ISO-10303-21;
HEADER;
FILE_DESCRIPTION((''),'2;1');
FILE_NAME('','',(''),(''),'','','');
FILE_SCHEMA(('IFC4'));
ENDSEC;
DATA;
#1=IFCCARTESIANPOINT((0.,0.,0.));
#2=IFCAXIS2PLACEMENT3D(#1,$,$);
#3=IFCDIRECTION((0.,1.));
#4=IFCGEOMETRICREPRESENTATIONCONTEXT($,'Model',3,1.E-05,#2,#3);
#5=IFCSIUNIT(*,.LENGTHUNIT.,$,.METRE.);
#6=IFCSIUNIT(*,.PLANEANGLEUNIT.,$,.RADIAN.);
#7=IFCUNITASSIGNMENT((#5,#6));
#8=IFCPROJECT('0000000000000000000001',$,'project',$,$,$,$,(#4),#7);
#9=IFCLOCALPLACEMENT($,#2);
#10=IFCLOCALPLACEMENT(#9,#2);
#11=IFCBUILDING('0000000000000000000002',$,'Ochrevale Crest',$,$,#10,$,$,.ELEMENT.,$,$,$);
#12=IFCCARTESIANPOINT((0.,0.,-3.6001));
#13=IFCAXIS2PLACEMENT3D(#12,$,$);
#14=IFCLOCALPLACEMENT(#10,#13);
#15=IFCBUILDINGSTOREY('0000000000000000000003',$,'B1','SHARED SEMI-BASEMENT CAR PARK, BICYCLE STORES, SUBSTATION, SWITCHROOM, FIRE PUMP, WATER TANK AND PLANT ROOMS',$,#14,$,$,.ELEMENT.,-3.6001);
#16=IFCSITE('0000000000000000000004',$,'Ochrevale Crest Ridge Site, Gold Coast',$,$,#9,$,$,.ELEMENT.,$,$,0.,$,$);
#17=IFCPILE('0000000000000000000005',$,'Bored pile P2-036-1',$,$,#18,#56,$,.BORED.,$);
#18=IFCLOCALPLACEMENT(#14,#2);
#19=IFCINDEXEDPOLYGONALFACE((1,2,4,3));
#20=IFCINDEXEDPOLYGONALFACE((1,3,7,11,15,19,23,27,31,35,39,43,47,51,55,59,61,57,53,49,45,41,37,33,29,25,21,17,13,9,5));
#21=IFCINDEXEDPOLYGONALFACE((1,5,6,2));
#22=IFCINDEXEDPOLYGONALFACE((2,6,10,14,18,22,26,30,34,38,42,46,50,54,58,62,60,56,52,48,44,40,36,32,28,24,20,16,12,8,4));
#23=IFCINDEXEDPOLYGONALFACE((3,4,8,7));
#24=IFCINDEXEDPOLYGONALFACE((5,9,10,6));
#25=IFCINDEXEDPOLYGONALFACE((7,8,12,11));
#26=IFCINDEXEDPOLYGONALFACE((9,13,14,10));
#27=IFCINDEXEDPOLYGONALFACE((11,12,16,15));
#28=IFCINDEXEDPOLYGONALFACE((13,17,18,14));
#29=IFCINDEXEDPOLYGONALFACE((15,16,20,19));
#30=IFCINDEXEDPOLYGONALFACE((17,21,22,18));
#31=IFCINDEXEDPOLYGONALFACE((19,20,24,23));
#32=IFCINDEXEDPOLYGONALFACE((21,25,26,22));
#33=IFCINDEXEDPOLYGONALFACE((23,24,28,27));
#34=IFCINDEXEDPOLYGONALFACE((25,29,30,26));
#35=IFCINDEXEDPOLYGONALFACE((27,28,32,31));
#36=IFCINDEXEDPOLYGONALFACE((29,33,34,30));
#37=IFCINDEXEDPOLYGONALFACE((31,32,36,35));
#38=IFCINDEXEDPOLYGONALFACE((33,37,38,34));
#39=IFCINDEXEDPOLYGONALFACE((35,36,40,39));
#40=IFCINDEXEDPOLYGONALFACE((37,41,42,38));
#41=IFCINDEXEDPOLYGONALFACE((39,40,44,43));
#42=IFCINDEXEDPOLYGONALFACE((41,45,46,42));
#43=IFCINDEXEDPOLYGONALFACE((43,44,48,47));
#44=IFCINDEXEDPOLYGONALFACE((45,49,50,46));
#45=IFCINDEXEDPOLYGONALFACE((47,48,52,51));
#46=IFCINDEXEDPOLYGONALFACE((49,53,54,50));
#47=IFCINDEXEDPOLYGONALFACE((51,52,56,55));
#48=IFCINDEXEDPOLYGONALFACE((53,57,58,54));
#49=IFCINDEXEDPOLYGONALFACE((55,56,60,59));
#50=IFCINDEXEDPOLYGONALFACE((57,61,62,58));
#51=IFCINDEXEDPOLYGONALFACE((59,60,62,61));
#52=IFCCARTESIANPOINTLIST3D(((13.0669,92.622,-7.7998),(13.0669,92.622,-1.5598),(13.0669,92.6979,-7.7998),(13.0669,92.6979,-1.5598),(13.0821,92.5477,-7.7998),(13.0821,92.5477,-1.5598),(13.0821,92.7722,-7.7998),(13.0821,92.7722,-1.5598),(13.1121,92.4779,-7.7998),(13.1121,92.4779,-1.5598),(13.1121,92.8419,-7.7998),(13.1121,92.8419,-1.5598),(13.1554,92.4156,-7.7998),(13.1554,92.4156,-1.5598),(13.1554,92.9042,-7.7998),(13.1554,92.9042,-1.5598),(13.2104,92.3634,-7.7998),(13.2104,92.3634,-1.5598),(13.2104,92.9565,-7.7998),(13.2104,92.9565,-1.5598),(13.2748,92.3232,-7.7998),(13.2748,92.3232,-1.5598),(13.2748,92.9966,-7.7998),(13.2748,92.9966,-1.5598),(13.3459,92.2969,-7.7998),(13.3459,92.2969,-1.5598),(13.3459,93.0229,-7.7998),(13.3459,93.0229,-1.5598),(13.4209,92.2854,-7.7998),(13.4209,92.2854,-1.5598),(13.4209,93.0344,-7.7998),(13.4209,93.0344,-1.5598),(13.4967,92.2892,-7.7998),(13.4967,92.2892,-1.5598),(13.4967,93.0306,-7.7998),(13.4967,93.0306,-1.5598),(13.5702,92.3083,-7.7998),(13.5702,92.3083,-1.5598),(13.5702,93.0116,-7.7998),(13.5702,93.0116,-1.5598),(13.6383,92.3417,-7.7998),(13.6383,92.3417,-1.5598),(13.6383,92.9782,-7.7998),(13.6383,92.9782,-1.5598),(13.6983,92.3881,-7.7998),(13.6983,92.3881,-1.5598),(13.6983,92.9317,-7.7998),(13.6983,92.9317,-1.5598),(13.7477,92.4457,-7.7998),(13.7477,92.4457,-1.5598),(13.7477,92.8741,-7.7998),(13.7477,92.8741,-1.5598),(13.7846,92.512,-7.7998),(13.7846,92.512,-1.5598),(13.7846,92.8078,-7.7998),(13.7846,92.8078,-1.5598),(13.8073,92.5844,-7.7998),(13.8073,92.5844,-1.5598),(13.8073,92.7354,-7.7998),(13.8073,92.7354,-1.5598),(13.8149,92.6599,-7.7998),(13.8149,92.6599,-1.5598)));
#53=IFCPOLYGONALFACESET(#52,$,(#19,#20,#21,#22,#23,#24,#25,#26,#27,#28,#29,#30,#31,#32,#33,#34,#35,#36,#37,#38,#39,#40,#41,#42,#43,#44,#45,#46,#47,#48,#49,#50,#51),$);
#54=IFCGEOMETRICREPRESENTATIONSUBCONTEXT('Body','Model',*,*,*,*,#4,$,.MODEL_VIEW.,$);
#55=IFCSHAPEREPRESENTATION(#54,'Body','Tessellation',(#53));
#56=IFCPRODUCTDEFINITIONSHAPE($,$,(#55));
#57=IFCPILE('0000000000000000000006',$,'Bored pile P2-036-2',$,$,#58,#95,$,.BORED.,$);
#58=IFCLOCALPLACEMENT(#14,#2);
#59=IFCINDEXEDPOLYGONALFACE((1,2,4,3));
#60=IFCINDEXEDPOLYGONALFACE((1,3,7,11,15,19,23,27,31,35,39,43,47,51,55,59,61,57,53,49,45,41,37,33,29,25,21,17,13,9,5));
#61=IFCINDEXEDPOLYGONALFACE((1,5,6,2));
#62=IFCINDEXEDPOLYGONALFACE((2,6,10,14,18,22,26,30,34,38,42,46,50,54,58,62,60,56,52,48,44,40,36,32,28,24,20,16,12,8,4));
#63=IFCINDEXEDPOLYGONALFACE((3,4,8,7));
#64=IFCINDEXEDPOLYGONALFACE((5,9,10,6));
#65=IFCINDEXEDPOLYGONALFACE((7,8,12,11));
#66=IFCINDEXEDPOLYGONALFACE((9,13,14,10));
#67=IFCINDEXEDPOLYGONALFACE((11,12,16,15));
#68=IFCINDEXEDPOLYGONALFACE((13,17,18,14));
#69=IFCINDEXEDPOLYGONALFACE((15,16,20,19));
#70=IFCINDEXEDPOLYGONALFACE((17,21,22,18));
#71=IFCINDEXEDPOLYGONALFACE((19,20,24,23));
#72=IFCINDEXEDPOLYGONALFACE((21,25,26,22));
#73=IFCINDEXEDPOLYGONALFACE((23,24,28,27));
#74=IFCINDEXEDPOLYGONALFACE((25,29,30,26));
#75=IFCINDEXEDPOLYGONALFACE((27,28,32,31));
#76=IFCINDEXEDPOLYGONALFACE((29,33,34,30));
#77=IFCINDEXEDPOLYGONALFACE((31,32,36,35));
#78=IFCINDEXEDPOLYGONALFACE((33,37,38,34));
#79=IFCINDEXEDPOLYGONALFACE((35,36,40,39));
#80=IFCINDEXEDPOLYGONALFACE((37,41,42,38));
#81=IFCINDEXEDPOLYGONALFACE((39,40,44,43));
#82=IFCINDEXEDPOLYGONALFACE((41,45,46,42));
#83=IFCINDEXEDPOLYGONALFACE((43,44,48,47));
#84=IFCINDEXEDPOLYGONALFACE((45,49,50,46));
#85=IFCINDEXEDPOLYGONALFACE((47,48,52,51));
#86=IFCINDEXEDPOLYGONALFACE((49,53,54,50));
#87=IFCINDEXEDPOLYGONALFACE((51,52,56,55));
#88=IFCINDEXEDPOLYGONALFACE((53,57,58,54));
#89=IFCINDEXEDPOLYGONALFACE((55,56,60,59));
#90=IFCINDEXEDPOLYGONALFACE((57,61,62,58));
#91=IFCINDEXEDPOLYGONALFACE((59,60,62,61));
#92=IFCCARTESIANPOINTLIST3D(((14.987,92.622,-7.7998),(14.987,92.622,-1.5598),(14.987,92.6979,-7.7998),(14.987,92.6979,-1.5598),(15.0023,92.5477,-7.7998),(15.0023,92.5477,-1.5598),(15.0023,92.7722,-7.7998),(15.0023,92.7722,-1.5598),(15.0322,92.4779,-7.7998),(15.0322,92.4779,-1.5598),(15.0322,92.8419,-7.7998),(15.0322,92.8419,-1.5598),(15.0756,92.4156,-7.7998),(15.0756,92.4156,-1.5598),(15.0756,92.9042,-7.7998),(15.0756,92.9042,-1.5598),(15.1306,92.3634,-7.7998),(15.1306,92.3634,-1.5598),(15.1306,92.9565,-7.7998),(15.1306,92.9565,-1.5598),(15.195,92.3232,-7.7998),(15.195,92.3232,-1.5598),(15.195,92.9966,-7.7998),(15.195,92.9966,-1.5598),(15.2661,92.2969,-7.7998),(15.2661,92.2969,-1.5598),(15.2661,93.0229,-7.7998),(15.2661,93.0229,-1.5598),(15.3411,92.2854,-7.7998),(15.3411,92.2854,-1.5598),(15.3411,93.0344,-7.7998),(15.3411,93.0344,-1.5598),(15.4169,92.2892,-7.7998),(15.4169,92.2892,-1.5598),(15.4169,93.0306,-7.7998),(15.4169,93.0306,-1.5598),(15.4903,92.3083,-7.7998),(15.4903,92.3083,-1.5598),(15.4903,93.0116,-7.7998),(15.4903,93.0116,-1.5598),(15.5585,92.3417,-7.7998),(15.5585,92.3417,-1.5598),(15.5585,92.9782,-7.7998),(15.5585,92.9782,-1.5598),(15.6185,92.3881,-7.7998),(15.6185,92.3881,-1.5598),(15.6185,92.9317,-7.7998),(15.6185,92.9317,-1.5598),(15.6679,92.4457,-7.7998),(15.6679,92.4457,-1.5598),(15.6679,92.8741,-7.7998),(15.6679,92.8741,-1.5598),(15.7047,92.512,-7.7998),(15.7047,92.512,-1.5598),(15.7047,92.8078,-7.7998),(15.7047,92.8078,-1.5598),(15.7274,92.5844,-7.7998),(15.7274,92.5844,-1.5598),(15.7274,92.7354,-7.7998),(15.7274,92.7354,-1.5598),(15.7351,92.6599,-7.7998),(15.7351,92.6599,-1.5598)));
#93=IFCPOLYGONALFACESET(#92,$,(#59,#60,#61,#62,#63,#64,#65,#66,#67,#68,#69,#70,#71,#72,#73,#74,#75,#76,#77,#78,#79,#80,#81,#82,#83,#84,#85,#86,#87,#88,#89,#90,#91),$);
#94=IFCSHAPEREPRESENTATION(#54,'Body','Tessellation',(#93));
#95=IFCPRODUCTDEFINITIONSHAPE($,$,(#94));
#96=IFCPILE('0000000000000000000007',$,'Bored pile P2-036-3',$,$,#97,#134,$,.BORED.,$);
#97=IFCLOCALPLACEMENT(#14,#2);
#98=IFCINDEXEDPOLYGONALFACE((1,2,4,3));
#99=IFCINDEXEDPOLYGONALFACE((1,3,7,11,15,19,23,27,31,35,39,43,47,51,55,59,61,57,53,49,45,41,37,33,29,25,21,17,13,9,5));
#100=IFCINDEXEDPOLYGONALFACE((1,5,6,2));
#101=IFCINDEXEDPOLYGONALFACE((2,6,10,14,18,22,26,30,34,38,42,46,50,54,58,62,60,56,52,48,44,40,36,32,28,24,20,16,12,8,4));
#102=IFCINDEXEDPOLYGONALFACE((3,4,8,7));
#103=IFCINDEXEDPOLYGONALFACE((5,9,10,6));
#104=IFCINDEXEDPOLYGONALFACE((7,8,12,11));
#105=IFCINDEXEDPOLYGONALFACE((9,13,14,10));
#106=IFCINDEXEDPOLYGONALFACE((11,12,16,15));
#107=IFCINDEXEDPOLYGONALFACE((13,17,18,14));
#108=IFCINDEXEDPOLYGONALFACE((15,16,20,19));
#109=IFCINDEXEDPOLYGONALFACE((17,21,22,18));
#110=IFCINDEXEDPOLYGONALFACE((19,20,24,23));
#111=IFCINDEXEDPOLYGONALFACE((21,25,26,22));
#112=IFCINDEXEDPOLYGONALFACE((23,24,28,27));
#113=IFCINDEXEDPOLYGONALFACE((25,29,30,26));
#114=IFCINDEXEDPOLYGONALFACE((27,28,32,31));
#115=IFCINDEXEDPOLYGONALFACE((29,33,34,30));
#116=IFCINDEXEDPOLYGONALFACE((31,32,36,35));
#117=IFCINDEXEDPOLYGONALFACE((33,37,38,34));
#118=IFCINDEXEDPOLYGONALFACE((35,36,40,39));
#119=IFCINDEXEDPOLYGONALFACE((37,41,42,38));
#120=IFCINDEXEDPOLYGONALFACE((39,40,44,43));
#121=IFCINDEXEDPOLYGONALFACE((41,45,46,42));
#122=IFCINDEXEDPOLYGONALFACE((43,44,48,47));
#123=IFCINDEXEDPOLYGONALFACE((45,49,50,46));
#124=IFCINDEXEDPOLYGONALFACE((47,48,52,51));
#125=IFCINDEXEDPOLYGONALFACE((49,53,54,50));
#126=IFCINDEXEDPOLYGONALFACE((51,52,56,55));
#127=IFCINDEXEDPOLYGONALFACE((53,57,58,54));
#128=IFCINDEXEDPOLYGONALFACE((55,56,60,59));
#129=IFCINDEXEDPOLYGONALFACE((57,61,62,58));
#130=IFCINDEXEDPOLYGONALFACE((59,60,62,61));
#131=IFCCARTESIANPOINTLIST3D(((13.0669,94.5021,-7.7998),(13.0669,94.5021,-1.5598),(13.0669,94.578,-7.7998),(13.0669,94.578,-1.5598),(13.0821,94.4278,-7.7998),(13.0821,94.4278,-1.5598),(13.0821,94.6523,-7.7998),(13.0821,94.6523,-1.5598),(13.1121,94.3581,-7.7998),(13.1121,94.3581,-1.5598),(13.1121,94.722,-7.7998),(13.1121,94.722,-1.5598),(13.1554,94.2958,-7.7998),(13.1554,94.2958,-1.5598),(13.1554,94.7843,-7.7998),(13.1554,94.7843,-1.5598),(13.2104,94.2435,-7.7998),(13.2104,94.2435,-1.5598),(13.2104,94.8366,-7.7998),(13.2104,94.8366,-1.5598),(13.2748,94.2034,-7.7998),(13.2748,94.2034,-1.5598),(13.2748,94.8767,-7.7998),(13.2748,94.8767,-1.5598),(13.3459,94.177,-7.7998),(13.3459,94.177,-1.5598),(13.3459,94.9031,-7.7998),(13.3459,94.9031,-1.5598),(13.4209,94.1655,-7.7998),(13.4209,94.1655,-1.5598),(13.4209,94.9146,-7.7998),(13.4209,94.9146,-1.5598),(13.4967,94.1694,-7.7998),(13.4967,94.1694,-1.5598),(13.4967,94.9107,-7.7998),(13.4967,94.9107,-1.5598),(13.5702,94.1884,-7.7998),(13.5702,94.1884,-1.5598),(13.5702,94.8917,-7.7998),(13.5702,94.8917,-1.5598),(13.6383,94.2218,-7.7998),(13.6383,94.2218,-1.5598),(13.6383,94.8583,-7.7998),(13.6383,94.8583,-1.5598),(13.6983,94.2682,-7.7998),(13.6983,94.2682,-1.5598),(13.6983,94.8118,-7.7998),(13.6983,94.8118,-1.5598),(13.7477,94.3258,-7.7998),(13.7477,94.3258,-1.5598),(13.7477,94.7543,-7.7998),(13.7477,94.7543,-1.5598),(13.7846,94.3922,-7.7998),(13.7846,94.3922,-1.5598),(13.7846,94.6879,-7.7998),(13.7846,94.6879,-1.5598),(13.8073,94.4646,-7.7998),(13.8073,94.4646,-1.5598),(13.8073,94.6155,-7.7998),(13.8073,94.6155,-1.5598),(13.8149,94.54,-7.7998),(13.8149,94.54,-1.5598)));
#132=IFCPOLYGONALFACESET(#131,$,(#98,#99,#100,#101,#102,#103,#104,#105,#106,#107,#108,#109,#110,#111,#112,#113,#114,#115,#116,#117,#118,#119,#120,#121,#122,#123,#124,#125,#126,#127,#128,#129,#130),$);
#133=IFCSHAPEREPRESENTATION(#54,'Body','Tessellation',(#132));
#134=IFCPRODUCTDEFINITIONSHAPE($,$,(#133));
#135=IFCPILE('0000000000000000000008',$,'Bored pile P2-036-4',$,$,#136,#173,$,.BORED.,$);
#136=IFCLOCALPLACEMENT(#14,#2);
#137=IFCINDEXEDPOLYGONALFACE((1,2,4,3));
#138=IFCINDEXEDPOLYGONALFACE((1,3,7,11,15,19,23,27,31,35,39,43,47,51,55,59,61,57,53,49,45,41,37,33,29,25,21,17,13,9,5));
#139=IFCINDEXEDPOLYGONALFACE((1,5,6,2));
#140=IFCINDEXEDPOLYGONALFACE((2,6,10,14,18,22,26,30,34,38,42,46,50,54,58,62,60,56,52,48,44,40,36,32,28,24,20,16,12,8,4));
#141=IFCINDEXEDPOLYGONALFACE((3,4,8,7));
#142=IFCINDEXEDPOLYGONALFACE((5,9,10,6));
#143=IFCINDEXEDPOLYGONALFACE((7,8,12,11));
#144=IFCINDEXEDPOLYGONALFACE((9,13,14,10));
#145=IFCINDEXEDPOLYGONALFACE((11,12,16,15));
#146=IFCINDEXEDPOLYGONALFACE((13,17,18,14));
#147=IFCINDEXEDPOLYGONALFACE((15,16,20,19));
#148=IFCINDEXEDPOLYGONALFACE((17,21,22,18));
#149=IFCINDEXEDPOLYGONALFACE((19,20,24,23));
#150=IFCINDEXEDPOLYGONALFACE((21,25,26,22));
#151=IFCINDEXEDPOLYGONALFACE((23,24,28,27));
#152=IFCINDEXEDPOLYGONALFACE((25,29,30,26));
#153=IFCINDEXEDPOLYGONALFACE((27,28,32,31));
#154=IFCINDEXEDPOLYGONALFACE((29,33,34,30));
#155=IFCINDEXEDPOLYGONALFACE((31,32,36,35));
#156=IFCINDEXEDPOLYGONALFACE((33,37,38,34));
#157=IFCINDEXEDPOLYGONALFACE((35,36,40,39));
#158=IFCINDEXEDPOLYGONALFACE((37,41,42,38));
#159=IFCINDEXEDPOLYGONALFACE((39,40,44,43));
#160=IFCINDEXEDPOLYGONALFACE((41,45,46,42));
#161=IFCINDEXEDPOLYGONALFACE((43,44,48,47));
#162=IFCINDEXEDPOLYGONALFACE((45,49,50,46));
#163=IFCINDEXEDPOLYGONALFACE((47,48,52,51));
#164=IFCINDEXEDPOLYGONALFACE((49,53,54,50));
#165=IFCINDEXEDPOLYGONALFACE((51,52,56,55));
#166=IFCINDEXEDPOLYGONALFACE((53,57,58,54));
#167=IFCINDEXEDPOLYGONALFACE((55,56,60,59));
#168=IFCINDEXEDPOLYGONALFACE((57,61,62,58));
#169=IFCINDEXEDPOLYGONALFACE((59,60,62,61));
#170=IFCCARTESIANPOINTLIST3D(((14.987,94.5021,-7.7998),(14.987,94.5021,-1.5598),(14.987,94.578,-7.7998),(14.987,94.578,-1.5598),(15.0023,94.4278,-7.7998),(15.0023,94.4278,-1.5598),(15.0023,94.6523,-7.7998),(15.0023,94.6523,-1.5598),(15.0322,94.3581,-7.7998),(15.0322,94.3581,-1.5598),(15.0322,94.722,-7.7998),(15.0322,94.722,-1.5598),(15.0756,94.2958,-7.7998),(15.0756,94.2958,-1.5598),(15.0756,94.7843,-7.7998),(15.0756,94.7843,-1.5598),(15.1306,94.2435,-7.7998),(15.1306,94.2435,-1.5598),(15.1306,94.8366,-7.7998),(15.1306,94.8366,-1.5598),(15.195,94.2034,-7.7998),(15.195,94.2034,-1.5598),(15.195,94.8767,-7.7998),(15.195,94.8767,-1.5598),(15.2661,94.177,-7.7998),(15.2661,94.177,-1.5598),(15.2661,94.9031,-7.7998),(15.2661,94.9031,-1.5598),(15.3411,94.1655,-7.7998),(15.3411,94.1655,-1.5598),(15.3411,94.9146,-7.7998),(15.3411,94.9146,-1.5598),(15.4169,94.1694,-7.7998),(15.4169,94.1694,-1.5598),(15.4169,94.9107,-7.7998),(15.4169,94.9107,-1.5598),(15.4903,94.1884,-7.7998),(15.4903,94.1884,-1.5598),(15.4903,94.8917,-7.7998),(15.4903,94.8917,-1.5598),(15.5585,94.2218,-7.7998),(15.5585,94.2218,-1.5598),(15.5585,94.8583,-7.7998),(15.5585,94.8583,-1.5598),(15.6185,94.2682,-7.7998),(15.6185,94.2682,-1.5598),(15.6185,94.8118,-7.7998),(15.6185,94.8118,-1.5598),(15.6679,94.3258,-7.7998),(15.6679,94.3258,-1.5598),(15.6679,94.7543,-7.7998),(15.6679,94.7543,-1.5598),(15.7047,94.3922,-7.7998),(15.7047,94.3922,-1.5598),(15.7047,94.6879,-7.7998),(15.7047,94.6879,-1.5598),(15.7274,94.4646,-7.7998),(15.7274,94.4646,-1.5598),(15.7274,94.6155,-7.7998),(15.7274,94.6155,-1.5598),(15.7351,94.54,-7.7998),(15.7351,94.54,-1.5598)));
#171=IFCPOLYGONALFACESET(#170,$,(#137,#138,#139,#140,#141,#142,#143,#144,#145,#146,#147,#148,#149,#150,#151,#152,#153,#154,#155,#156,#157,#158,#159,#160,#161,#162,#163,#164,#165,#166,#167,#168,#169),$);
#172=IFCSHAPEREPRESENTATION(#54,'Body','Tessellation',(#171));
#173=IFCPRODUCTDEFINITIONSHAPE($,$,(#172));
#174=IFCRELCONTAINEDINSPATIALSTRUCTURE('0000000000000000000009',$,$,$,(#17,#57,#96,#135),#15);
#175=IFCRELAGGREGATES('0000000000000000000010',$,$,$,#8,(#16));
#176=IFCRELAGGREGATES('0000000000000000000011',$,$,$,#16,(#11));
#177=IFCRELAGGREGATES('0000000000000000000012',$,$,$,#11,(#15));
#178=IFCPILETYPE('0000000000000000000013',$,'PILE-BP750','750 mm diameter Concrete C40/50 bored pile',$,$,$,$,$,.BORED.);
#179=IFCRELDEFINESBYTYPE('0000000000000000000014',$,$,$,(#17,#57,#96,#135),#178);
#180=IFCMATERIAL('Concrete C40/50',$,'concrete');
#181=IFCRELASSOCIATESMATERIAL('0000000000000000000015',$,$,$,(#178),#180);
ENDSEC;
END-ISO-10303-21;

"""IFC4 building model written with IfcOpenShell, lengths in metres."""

from ifc_helpers import new_model, si_unit, direction, frame, origin, origin_2d, place, context, subcontext, project, spatial, circle, extrude, material, material_profile, profile_set, type_object, element, save


model = new_model("IFC4")

# Units and contexts
model_context = context("Model", 3, precision=1e-05, world=origin(), true_north=direction((0.0, 1.0)))
body_context = subcontext(model_context, "Body", "Model", "MODEL_VIEW")
ifc_project = project(units=[si_unit("LENGTHUNIT", "METRE"), si_unit("PLANEANGLEUNIT", "RADIAN")], contexts=[model_context])

# Site, building, storey
site_placement = place(None, origin())
site = spatial("IfcSite", under=ifc_project, at=site_placement, Name="Ochrevale Crest Ridge Site, Gold Coast", CompositionType="ELEMENT", RefElevation=0.0)
building_placement = place(site_placement, origin())
building = spatial("IfcBuilding", under=site, at=building_placement, Name="Ochrevale Crest", CompositionType="ELEMENT")
storey_placement = place(building_placement, frame((0.0, 0.0, -3.6001)))
storey = spatial("IfcBuildingStorey", under=building, at=storey_placement, Name="B1", Description="SHARED SEMI-BASEMENT CAR PARK, BICYCLE STORES, SUBSTATION, SWITCHROOM, FIRE PUMP, WATER TANK AND PLANT ROOMS", CompositionType="ELEMENT", Elevation=-3.6001)

# Shared definitions
ifc_material_1 = material(Name="Concrete C40/50", Category="concrete")

# Piles
ifc_material_profile_1 = material_profile(ifc_material_1, circle(Radius=0.375, at=origin_2d()), Name="BORED PILE 750")
ifc_profile_set_1 = profile_set([ifc_material_profile_1], Name="Concrete C40/50")
pile_type_1 = type_object("IfcPileType", Name="PILE-BP750", Description="750 mm diameter Concrete C40/50 bored pile", PredefinedType="BORED", material=ifc_profile_set_1)
for number, where, z_axis, x_axis, name in (
    (1, (13.4399, 92.6599, -1.5598), (0.0, 0.0, -1.0), (1.0, 0.0, 0.0), "Bored pile P2-036-1"),
    (2, (15.3601, 92.6599, -1.5598), (0.0, 0.0, -1.0), (1.0, 0.0, 0.0), "Bored pile P2-036-2"),
    (3, (13.4399, 94.54, -1.5598), (0.0, 0.0, -1.0), (1.0, 0.0, 0.0), "Bored pile P2-036-3"),
    (4, (15.3601, 94.54, -1.5598), (0.0, 0.0, -1.0), (1.0, 0.0, 0.0), "Bored pile P2-036-4"),
):
    element("IfcPile", number, at=place(storey_placement, frame(where, z_axis=z_axis, x_axis=x_axis)), inside=storey, type_object=pile_type_1, Name=name, PredefinedType="BORED", context=body_context, shape_type="SweptSolid", body=[
        extrude(circle(Radius=0.375, at=origin_2d()), origin(), (0.0, 0.0, 1.0), 6.24),
    ])

save(model, "model.ifc")
